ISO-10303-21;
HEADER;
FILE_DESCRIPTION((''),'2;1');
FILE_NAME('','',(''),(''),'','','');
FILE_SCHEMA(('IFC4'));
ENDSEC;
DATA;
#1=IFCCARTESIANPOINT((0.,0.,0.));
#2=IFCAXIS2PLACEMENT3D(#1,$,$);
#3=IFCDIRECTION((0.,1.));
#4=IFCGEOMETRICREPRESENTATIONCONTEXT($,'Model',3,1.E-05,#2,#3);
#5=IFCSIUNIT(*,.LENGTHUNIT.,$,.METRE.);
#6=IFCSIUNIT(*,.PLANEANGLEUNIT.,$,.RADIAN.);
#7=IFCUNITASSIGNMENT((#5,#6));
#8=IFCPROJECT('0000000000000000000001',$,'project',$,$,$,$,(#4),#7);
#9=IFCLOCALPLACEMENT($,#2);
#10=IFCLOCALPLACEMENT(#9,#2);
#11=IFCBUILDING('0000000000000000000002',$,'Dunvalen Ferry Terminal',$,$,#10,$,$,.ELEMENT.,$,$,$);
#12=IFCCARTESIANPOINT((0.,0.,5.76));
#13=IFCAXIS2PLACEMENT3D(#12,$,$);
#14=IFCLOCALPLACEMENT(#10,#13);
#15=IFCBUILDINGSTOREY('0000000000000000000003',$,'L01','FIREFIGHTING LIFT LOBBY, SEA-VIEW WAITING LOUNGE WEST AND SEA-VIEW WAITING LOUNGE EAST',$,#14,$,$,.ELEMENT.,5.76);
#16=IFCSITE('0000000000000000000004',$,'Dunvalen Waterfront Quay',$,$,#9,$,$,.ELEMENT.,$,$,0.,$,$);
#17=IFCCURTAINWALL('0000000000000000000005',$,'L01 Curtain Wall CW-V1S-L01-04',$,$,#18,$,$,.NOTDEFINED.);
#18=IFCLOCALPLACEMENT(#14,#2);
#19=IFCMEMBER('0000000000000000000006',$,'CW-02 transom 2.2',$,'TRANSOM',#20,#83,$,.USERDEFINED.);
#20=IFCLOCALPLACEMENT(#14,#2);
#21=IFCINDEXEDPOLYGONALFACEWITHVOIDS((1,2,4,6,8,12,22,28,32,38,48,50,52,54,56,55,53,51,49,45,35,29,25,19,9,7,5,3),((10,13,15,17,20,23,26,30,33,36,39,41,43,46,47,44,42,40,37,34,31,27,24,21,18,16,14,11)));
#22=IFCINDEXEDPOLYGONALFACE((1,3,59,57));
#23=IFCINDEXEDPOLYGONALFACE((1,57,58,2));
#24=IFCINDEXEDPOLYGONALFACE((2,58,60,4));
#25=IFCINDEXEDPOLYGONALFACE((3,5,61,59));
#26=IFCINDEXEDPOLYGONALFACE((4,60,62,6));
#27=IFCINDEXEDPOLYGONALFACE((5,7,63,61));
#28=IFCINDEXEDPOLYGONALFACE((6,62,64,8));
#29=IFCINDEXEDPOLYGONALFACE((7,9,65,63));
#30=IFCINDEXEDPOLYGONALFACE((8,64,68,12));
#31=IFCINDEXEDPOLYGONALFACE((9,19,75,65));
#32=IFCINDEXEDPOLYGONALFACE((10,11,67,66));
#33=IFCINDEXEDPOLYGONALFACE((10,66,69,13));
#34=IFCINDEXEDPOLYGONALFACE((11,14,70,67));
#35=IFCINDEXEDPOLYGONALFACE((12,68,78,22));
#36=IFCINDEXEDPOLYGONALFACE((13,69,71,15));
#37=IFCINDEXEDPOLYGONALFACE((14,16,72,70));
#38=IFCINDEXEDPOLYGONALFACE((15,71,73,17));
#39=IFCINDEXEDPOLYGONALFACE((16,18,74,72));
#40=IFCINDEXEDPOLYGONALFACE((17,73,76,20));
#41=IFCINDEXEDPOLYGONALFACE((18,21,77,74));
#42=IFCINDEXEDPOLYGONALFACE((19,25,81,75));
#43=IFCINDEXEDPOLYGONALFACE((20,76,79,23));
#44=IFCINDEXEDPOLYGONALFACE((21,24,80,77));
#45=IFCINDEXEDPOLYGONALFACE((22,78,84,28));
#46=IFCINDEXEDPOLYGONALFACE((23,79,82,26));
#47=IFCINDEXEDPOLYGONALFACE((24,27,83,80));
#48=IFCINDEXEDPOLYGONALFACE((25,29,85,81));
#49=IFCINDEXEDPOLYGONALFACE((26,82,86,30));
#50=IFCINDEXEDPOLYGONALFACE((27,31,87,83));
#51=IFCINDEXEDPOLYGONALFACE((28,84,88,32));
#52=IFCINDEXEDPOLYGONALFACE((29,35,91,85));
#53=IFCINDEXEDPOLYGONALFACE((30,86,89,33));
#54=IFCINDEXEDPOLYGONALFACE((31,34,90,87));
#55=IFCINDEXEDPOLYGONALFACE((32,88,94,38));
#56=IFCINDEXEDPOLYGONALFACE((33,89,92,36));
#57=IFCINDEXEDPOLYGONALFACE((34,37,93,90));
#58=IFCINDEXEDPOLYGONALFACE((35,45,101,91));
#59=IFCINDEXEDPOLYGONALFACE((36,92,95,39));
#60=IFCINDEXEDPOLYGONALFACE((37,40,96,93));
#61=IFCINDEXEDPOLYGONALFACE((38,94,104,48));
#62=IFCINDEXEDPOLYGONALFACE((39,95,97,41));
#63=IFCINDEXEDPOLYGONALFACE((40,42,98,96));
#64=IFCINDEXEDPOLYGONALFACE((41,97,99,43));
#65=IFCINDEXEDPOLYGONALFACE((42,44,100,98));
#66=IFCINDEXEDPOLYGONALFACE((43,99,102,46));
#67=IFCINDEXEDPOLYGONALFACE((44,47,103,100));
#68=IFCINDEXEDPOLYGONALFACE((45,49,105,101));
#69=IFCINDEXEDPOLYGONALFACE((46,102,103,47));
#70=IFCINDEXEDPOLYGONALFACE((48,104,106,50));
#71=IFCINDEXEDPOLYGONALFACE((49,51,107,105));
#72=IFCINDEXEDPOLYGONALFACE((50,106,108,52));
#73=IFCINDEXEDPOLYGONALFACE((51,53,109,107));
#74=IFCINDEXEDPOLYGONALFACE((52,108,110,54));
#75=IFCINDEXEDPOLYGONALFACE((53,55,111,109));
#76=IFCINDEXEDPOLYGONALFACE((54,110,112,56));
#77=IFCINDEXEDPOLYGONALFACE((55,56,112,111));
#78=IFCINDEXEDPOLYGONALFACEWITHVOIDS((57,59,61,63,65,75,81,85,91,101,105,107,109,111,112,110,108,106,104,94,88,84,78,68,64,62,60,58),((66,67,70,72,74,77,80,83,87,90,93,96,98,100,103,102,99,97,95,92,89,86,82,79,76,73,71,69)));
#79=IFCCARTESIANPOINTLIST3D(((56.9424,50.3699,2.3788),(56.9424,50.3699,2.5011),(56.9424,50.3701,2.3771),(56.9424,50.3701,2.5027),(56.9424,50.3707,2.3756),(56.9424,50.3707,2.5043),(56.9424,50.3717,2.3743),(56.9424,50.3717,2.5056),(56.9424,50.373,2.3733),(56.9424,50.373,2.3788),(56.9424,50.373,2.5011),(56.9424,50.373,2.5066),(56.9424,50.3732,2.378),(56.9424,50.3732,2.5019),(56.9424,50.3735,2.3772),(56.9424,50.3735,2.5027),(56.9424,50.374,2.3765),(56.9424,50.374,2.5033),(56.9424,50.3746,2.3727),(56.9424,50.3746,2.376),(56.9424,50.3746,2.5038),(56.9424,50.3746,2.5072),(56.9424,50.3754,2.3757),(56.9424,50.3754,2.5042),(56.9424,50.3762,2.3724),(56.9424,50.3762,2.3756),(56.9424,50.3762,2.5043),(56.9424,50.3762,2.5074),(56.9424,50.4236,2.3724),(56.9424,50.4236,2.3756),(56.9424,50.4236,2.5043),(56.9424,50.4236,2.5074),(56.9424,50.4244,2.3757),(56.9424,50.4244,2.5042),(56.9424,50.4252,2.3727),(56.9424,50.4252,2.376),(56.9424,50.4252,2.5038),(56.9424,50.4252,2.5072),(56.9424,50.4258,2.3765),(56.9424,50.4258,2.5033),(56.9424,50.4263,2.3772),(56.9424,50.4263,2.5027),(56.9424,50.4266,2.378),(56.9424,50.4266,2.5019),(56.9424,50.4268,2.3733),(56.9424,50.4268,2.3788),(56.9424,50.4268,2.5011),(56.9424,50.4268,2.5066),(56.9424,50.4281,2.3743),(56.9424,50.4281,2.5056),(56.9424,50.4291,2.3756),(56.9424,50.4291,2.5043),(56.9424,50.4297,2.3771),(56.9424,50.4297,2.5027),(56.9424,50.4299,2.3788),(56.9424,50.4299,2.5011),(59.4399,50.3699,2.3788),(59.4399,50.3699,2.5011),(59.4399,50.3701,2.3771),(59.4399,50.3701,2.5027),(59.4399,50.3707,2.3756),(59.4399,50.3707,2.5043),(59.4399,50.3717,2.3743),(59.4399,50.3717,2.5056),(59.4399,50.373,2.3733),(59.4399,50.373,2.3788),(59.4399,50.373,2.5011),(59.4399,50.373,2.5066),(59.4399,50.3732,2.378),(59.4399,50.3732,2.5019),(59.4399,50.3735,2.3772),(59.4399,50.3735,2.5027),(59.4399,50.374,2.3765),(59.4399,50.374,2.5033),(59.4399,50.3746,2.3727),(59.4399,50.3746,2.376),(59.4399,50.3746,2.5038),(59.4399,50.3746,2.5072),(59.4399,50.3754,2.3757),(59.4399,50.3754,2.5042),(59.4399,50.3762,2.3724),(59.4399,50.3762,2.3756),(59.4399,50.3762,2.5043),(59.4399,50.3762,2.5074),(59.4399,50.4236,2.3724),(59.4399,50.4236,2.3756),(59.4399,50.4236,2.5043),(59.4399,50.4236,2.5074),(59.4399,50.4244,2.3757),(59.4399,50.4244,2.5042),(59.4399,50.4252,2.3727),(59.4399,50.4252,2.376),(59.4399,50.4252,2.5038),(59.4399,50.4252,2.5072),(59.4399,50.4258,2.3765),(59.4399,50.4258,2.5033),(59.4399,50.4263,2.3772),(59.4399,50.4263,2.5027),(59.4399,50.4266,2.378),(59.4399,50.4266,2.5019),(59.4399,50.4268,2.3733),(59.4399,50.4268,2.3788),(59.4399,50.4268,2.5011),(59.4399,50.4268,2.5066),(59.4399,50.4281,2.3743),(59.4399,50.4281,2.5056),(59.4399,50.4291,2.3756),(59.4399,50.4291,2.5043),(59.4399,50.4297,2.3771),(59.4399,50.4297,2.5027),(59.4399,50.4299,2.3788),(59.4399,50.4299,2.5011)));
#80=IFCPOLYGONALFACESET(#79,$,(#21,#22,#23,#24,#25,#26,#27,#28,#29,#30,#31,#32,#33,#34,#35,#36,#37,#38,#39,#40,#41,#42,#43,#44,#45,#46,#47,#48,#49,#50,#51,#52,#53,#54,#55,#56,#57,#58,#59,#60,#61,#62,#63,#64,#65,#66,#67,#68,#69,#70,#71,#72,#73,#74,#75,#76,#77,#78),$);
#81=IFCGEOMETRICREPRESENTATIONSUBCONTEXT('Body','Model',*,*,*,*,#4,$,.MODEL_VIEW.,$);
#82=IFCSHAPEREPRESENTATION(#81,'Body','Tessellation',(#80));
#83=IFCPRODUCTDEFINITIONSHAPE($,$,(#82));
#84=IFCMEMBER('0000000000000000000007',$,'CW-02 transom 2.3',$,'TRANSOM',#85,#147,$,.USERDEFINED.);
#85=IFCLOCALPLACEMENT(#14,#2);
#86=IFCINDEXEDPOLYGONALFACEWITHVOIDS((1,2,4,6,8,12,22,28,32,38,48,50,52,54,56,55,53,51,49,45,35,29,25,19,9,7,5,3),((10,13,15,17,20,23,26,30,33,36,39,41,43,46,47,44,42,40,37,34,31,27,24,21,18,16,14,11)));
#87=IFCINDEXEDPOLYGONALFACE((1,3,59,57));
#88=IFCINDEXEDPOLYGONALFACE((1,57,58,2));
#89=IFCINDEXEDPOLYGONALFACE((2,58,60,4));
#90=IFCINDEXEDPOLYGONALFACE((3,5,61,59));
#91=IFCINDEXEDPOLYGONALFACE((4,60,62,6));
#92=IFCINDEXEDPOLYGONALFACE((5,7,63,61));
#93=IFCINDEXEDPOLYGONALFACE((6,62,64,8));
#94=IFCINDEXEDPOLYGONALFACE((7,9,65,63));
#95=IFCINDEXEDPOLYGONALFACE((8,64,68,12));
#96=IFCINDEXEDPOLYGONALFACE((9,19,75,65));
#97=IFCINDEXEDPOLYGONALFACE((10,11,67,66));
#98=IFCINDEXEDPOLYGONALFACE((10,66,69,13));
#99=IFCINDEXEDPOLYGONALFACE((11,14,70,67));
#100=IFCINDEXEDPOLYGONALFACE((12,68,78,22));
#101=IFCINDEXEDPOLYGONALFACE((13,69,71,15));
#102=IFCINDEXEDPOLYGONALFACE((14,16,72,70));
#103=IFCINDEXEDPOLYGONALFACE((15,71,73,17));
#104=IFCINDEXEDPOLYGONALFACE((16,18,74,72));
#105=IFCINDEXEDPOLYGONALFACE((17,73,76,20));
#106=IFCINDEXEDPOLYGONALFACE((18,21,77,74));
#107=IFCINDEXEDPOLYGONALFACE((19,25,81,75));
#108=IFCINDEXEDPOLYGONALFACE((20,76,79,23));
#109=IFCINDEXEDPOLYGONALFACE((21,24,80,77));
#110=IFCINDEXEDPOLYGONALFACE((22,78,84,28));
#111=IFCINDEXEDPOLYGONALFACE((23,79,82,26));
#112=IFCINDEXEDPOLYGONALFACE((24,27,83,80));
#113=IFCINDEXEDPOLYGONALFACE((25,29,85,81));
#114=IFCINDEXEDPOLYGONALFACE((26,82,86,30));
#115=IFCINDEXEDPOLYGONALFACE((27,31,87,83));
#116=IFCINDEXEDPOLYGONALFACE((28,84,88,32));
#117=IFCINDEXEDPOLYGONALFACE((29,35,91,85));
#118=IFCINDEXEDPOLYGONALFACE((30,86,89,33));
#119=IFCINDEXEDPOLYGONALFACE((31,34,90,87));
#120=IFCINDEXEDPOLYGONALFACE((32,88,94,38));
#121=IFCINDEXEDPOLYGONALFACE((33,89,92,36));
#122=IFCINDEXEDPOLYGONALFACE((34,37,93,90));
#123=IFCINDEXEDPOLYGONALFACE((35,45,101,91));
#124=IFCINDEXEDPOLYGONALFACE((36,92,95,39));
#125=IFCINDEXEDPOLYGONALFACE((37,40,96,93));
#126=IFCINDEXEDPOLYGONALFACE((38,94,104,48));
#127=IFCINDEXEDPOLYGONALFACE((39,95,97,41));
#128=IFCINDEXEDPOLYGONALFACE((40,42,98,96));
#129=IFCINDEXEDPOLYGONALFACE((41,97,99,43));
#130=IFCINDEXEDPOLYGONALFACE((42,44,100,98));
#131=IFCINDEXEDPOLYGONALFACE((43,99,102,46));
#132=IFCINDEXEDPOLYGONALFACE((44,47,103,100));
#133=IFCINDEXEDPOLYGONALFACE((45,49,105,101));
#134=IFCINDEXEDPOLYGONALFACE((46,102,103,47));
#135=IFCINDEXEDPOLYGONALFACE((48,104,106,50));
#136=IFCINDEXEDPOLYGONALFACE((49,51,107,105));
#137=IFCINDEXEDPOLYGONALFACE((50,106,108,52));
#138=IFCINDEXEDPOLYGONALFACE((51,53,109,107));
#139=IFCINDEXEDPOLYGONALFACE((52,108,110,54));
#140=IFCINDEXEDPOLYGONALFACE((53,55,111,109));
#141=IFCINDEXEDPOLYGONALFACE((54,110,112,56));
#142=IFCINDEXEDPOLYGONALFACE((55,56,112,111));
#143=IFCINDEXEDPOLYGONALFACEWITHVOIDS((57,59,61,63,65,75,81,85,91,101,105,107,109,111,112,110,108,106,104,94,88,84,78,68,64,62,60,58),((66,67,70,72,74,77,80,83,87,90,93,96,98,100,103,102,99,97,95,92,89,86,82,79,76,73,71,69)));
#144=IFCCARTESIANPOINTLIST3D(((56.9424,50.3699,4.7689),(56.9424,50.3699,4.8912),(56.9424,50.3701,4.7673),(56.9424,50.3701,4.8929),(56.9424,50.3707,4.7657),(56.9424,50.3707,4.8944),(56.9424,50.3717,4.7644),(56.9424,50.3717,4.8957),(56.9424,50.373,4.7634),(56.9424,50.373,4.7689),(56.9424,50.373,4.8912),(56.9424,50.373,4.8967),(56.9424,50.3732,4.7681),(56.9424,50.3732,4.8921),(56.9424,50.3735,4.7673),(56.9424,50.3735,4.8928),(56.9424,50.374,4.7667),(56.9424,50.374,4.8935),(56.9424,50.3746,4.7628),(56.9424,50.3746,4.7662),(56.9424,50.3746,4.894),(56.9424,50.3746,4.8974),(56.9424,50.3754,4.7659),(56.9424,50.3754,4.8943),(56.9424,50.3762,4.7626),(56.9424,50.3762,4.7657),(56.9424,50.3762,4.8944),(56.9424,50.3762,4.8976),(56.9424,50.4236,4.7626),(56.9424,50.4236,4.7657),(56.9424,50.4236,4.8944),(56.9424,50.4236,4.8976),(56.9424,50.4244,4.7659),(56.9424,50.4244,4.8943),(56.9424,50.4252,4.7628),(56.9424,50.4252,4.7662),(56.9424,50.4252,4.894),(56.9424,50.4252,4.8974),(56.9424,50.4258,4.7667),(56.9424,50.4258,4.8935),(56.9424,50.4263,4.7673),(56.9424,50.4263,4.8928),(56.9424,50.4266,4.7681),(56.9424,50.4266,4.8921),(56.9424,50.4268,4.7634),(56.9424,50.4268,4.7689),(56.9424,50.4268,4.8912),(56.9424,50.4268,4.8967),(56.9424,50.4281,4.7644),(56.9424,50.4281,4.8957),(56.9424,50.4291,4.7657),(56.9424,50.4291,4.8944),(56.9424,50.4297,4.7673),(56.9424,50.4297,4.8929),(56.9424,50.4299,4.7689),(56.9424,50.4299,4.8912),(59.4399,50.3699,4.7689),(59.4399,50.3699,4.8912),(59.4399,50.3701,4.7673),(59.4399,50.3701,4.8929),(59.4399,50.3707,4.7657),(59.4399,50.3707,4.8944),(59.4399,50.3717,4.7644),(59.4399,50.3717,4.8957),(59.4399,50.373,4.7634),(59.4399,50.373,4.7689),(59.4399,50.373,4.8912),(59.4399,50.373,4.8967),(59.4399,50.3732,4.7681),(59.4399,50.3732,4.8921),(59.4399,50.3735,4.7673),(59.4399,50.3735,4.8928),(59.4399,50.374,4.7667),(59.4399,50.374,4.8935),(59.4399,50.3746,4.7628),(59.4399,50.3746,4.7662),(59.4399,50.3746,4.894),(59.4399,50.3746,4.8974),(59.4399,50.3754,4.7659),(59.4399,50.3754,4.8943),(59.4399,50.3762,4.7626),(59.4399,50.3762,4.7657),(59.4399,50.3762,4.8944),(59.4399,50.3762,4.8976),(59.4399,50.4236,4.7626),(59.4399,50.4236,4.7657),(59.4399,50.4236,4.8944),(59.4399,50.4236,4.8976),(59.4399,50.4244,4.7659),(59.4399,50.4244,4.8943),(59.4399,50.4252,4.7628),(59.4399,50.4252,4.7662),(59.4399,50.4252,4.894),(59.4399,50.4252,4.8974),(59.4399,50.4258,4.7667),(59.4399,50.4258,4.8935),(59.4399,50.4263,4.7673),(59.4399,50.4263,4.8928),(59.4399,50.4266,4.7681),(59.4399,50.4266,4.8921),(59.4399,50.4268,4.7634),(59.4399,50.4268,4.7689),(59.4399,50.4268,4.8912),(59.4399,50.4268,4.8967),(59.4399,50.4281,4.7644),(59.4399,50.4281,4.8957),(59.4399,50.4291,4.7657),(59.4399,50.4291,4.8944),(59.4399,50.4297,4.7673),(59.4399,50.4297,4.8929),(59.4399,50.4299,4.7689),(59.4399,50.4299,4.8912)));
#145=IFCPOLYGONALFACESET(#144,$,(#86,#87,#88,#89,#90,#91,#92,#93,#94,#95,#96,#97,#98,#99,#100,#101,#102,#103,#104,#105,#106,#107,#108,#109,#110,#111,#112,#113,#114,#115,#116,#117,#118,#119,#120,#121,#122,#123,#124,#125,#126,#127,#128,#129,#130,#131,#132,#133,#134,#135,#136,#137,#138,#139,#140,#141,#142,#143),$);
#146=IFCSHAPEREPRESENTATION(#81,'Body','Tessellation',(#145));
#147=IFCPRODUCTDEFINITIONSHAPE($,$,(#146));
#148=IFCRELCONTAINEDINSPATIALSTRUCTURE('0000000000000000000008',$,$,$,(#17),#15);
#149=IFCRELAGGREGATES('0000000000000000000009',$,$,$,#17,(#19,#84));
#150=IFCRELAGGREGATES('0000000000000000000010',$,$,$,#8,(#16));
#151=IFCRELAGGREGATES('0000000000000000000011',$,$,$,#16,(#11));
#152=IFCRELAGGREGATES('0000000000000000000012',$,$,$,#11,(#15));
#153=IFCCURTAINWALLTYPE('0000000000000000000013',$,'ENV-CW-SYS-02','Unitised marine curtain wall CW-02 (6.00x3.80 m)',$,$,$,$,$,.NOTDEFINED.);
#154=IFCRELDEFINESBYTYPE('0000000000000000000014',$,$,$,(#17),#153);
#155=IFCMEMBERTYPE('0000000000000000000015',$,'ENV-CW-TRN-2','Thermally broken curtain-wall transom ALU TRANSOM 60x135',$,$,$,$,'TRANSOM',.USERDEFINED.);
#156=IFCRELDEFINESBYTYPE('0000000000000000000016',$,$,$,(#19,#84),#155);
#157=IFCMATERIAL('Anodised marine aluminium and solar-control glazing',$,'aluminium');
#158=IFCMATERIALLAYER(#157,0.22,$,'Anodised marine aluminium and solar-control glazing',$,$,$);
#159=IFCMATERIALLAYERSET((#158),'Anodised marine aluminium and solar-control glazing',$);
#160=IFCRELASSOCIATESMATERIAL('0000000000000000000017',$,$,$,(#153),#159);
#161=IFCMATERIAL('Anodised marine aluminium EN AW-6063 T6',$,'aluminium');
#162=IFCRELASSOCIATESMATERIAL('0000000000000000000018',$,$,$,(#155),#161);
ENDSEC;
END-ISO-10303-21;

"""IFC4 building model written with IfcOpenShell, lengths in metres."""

from ifc_helpers import new_model, si_unit, direction, frame, origin, origin_2d, place, context, subcontext, project, spatial, hollow_rectangle, extrude, material, layer, layer_set, material_profile, profile_set, type_object, element, aggregate, save


model = new_model("IFC4")

# Units and contexts
model_context = context("Model", 3, precision=1e-05, world=origin(), true_north=direction((0.0, 1.0)))
body_context = subcontext(model_context, "Body", "Model", "MODEL_VIEW")
ifc_project = project(units=[si_unit("LENGTHUNIT", "METRE"), si_unit("PLANEANGLEUNIT", "RADIAN")], contexts=[model_context])

# Site, building, storey
site_placement = place(None, origin())
site = spatial("IfcSite", under=ifc_project, at=site_placement, Name="Dunvalen Waterfront Quay", CompositionType="ELEMENT", RefElevation=0.0)
building_placement = place(site_placement, origin())
building = spatial("IfcBuilding", under=site, at=building_placement, Name="Dunvalen Ferry Terminal", CompositionType="ELEMENT")
storey_placement = place(building_placement, frame((0.0, 0.0, 5.76)))
storey = spatial("IfcBuildingStorey", under=building, at=storey_placement, Name="L01", Description="FIREFIGHTING LIFT LOBBY, SEA-VIEW WAITING LOUNGE WEST AND SEA-VIEW WAITING LOUNGE EAST", CompositionType="ELEMENT", Elevation=5.76)

# Curtain wall
ifc_material_1 = material(Name="Anodised marine aluminium and solar-control glazing", Category="aluminium")
ifc_layer_1 = layer(ifc_material_1, 0.22, Name="Anodised marine aluminium and solar-control glazing")
ifc_layer_set_1 = layer_set([ifc_layer_1], Name="Anodised marine aluminium and solar-control glazing")
curtain_wall_type = type_object("IfcCurtainWallType", Name="ENV-CW-SYS-02", Description="Unitised marine curtain wall CW-02 (6.00x3.80 m)", PredefinedType="NOTDEFINED", material=ifc_layer_set_1)
curtain_wall_1_placement = place(storey_placement, origin())
curtain_wall_1 = element("IfcCurtainWall", 1, at=curtain_wall_1_placement, inside=storey, type_object=curtain_wall_type, Name="L01 Curtain Wall CW-V1S-L01-04", PredefinedType="NOTDEFINED")
ifc_material_2 = material(Name="Anodised marine aluminium EN AW-6063 T6", Category="aluminium")

# Members
ifc_material_profile_1 = material_profile(ifc_material_2, hollow_rectangle(XDim=0.0601, YDim=0.135, WallThickness=0.0032, InnerFilletRadius=0.0032, OuterFilletRadius=0.0063, at=origin_2d()), Name="Anodised marine aluminium EN AW-6063 T6")
ifc_profile_set_1 = profile_set([ifc_material_profile_1], Name="Anodised marine aluminium EN AW-6063 T6")
member_type_1 = type_object("IfcMemberType", Name="ENV-CW-TRN-2", Description="Thermally broken curtain-wall transom ALU TRANSOM 60x135", ElementType="TRANSOM", PredefinedType="USERDEFINED", material=ifc_profile_set_1)
member_1_placement = place(storey_placement, frame((56.9424, 50.3999, 2.4399), z_axis=(1.0, 0.0, 0.0), x_axis=(0.0, 1.0, 0.0)))
member_1 = element("IfcMember", 2, at=member_1_placement, type_object=member_type_1, Name="CW-02 transom 2.2", ObjectType="TRANSOM", PredefinedType="USERDEFINED", context=body_context, shape_type="SweptSolid", body=[
    extrude(hollow_rectangle(XDim=0.0601, YDim=0.135, WallThickness=0.0032, InnerFilletRadius=0.0032, OuterFilletRadius=0.0063, at=origin_2d()), origin(), (0.0, 0.0, 1.0), 2.4976),
])
member_2_placement = place(storey_placement, frame((56.9424, 50.3999, 4.8301), z_axis=(1.0, 0.0, 0.0), x_axis=(0.0, 1.0, 0.0)))
member_2 = element("IfcMember", 3, at=member_2_placement, type_object=member_type_1, Name="CW-02 transom 2.3", ObjectType="TRANSOM", PredefinedType="USERDEFINED", context=body_context, shape_type="SweptSolid", body=[
    extrude(hollow_rectangle(XDim=0.0601, YDim=0.135, WallThickness=0.0032, InnerFilletRadius=0.0032, OuterFilletRadius=0.0063, at=origin_2d()), origin(), (0.0, 0.0, 1.0), 2.4976),
])

aggregate(curtain_wall_1, [member_1, member_2])

save(model, "model.ifc")
